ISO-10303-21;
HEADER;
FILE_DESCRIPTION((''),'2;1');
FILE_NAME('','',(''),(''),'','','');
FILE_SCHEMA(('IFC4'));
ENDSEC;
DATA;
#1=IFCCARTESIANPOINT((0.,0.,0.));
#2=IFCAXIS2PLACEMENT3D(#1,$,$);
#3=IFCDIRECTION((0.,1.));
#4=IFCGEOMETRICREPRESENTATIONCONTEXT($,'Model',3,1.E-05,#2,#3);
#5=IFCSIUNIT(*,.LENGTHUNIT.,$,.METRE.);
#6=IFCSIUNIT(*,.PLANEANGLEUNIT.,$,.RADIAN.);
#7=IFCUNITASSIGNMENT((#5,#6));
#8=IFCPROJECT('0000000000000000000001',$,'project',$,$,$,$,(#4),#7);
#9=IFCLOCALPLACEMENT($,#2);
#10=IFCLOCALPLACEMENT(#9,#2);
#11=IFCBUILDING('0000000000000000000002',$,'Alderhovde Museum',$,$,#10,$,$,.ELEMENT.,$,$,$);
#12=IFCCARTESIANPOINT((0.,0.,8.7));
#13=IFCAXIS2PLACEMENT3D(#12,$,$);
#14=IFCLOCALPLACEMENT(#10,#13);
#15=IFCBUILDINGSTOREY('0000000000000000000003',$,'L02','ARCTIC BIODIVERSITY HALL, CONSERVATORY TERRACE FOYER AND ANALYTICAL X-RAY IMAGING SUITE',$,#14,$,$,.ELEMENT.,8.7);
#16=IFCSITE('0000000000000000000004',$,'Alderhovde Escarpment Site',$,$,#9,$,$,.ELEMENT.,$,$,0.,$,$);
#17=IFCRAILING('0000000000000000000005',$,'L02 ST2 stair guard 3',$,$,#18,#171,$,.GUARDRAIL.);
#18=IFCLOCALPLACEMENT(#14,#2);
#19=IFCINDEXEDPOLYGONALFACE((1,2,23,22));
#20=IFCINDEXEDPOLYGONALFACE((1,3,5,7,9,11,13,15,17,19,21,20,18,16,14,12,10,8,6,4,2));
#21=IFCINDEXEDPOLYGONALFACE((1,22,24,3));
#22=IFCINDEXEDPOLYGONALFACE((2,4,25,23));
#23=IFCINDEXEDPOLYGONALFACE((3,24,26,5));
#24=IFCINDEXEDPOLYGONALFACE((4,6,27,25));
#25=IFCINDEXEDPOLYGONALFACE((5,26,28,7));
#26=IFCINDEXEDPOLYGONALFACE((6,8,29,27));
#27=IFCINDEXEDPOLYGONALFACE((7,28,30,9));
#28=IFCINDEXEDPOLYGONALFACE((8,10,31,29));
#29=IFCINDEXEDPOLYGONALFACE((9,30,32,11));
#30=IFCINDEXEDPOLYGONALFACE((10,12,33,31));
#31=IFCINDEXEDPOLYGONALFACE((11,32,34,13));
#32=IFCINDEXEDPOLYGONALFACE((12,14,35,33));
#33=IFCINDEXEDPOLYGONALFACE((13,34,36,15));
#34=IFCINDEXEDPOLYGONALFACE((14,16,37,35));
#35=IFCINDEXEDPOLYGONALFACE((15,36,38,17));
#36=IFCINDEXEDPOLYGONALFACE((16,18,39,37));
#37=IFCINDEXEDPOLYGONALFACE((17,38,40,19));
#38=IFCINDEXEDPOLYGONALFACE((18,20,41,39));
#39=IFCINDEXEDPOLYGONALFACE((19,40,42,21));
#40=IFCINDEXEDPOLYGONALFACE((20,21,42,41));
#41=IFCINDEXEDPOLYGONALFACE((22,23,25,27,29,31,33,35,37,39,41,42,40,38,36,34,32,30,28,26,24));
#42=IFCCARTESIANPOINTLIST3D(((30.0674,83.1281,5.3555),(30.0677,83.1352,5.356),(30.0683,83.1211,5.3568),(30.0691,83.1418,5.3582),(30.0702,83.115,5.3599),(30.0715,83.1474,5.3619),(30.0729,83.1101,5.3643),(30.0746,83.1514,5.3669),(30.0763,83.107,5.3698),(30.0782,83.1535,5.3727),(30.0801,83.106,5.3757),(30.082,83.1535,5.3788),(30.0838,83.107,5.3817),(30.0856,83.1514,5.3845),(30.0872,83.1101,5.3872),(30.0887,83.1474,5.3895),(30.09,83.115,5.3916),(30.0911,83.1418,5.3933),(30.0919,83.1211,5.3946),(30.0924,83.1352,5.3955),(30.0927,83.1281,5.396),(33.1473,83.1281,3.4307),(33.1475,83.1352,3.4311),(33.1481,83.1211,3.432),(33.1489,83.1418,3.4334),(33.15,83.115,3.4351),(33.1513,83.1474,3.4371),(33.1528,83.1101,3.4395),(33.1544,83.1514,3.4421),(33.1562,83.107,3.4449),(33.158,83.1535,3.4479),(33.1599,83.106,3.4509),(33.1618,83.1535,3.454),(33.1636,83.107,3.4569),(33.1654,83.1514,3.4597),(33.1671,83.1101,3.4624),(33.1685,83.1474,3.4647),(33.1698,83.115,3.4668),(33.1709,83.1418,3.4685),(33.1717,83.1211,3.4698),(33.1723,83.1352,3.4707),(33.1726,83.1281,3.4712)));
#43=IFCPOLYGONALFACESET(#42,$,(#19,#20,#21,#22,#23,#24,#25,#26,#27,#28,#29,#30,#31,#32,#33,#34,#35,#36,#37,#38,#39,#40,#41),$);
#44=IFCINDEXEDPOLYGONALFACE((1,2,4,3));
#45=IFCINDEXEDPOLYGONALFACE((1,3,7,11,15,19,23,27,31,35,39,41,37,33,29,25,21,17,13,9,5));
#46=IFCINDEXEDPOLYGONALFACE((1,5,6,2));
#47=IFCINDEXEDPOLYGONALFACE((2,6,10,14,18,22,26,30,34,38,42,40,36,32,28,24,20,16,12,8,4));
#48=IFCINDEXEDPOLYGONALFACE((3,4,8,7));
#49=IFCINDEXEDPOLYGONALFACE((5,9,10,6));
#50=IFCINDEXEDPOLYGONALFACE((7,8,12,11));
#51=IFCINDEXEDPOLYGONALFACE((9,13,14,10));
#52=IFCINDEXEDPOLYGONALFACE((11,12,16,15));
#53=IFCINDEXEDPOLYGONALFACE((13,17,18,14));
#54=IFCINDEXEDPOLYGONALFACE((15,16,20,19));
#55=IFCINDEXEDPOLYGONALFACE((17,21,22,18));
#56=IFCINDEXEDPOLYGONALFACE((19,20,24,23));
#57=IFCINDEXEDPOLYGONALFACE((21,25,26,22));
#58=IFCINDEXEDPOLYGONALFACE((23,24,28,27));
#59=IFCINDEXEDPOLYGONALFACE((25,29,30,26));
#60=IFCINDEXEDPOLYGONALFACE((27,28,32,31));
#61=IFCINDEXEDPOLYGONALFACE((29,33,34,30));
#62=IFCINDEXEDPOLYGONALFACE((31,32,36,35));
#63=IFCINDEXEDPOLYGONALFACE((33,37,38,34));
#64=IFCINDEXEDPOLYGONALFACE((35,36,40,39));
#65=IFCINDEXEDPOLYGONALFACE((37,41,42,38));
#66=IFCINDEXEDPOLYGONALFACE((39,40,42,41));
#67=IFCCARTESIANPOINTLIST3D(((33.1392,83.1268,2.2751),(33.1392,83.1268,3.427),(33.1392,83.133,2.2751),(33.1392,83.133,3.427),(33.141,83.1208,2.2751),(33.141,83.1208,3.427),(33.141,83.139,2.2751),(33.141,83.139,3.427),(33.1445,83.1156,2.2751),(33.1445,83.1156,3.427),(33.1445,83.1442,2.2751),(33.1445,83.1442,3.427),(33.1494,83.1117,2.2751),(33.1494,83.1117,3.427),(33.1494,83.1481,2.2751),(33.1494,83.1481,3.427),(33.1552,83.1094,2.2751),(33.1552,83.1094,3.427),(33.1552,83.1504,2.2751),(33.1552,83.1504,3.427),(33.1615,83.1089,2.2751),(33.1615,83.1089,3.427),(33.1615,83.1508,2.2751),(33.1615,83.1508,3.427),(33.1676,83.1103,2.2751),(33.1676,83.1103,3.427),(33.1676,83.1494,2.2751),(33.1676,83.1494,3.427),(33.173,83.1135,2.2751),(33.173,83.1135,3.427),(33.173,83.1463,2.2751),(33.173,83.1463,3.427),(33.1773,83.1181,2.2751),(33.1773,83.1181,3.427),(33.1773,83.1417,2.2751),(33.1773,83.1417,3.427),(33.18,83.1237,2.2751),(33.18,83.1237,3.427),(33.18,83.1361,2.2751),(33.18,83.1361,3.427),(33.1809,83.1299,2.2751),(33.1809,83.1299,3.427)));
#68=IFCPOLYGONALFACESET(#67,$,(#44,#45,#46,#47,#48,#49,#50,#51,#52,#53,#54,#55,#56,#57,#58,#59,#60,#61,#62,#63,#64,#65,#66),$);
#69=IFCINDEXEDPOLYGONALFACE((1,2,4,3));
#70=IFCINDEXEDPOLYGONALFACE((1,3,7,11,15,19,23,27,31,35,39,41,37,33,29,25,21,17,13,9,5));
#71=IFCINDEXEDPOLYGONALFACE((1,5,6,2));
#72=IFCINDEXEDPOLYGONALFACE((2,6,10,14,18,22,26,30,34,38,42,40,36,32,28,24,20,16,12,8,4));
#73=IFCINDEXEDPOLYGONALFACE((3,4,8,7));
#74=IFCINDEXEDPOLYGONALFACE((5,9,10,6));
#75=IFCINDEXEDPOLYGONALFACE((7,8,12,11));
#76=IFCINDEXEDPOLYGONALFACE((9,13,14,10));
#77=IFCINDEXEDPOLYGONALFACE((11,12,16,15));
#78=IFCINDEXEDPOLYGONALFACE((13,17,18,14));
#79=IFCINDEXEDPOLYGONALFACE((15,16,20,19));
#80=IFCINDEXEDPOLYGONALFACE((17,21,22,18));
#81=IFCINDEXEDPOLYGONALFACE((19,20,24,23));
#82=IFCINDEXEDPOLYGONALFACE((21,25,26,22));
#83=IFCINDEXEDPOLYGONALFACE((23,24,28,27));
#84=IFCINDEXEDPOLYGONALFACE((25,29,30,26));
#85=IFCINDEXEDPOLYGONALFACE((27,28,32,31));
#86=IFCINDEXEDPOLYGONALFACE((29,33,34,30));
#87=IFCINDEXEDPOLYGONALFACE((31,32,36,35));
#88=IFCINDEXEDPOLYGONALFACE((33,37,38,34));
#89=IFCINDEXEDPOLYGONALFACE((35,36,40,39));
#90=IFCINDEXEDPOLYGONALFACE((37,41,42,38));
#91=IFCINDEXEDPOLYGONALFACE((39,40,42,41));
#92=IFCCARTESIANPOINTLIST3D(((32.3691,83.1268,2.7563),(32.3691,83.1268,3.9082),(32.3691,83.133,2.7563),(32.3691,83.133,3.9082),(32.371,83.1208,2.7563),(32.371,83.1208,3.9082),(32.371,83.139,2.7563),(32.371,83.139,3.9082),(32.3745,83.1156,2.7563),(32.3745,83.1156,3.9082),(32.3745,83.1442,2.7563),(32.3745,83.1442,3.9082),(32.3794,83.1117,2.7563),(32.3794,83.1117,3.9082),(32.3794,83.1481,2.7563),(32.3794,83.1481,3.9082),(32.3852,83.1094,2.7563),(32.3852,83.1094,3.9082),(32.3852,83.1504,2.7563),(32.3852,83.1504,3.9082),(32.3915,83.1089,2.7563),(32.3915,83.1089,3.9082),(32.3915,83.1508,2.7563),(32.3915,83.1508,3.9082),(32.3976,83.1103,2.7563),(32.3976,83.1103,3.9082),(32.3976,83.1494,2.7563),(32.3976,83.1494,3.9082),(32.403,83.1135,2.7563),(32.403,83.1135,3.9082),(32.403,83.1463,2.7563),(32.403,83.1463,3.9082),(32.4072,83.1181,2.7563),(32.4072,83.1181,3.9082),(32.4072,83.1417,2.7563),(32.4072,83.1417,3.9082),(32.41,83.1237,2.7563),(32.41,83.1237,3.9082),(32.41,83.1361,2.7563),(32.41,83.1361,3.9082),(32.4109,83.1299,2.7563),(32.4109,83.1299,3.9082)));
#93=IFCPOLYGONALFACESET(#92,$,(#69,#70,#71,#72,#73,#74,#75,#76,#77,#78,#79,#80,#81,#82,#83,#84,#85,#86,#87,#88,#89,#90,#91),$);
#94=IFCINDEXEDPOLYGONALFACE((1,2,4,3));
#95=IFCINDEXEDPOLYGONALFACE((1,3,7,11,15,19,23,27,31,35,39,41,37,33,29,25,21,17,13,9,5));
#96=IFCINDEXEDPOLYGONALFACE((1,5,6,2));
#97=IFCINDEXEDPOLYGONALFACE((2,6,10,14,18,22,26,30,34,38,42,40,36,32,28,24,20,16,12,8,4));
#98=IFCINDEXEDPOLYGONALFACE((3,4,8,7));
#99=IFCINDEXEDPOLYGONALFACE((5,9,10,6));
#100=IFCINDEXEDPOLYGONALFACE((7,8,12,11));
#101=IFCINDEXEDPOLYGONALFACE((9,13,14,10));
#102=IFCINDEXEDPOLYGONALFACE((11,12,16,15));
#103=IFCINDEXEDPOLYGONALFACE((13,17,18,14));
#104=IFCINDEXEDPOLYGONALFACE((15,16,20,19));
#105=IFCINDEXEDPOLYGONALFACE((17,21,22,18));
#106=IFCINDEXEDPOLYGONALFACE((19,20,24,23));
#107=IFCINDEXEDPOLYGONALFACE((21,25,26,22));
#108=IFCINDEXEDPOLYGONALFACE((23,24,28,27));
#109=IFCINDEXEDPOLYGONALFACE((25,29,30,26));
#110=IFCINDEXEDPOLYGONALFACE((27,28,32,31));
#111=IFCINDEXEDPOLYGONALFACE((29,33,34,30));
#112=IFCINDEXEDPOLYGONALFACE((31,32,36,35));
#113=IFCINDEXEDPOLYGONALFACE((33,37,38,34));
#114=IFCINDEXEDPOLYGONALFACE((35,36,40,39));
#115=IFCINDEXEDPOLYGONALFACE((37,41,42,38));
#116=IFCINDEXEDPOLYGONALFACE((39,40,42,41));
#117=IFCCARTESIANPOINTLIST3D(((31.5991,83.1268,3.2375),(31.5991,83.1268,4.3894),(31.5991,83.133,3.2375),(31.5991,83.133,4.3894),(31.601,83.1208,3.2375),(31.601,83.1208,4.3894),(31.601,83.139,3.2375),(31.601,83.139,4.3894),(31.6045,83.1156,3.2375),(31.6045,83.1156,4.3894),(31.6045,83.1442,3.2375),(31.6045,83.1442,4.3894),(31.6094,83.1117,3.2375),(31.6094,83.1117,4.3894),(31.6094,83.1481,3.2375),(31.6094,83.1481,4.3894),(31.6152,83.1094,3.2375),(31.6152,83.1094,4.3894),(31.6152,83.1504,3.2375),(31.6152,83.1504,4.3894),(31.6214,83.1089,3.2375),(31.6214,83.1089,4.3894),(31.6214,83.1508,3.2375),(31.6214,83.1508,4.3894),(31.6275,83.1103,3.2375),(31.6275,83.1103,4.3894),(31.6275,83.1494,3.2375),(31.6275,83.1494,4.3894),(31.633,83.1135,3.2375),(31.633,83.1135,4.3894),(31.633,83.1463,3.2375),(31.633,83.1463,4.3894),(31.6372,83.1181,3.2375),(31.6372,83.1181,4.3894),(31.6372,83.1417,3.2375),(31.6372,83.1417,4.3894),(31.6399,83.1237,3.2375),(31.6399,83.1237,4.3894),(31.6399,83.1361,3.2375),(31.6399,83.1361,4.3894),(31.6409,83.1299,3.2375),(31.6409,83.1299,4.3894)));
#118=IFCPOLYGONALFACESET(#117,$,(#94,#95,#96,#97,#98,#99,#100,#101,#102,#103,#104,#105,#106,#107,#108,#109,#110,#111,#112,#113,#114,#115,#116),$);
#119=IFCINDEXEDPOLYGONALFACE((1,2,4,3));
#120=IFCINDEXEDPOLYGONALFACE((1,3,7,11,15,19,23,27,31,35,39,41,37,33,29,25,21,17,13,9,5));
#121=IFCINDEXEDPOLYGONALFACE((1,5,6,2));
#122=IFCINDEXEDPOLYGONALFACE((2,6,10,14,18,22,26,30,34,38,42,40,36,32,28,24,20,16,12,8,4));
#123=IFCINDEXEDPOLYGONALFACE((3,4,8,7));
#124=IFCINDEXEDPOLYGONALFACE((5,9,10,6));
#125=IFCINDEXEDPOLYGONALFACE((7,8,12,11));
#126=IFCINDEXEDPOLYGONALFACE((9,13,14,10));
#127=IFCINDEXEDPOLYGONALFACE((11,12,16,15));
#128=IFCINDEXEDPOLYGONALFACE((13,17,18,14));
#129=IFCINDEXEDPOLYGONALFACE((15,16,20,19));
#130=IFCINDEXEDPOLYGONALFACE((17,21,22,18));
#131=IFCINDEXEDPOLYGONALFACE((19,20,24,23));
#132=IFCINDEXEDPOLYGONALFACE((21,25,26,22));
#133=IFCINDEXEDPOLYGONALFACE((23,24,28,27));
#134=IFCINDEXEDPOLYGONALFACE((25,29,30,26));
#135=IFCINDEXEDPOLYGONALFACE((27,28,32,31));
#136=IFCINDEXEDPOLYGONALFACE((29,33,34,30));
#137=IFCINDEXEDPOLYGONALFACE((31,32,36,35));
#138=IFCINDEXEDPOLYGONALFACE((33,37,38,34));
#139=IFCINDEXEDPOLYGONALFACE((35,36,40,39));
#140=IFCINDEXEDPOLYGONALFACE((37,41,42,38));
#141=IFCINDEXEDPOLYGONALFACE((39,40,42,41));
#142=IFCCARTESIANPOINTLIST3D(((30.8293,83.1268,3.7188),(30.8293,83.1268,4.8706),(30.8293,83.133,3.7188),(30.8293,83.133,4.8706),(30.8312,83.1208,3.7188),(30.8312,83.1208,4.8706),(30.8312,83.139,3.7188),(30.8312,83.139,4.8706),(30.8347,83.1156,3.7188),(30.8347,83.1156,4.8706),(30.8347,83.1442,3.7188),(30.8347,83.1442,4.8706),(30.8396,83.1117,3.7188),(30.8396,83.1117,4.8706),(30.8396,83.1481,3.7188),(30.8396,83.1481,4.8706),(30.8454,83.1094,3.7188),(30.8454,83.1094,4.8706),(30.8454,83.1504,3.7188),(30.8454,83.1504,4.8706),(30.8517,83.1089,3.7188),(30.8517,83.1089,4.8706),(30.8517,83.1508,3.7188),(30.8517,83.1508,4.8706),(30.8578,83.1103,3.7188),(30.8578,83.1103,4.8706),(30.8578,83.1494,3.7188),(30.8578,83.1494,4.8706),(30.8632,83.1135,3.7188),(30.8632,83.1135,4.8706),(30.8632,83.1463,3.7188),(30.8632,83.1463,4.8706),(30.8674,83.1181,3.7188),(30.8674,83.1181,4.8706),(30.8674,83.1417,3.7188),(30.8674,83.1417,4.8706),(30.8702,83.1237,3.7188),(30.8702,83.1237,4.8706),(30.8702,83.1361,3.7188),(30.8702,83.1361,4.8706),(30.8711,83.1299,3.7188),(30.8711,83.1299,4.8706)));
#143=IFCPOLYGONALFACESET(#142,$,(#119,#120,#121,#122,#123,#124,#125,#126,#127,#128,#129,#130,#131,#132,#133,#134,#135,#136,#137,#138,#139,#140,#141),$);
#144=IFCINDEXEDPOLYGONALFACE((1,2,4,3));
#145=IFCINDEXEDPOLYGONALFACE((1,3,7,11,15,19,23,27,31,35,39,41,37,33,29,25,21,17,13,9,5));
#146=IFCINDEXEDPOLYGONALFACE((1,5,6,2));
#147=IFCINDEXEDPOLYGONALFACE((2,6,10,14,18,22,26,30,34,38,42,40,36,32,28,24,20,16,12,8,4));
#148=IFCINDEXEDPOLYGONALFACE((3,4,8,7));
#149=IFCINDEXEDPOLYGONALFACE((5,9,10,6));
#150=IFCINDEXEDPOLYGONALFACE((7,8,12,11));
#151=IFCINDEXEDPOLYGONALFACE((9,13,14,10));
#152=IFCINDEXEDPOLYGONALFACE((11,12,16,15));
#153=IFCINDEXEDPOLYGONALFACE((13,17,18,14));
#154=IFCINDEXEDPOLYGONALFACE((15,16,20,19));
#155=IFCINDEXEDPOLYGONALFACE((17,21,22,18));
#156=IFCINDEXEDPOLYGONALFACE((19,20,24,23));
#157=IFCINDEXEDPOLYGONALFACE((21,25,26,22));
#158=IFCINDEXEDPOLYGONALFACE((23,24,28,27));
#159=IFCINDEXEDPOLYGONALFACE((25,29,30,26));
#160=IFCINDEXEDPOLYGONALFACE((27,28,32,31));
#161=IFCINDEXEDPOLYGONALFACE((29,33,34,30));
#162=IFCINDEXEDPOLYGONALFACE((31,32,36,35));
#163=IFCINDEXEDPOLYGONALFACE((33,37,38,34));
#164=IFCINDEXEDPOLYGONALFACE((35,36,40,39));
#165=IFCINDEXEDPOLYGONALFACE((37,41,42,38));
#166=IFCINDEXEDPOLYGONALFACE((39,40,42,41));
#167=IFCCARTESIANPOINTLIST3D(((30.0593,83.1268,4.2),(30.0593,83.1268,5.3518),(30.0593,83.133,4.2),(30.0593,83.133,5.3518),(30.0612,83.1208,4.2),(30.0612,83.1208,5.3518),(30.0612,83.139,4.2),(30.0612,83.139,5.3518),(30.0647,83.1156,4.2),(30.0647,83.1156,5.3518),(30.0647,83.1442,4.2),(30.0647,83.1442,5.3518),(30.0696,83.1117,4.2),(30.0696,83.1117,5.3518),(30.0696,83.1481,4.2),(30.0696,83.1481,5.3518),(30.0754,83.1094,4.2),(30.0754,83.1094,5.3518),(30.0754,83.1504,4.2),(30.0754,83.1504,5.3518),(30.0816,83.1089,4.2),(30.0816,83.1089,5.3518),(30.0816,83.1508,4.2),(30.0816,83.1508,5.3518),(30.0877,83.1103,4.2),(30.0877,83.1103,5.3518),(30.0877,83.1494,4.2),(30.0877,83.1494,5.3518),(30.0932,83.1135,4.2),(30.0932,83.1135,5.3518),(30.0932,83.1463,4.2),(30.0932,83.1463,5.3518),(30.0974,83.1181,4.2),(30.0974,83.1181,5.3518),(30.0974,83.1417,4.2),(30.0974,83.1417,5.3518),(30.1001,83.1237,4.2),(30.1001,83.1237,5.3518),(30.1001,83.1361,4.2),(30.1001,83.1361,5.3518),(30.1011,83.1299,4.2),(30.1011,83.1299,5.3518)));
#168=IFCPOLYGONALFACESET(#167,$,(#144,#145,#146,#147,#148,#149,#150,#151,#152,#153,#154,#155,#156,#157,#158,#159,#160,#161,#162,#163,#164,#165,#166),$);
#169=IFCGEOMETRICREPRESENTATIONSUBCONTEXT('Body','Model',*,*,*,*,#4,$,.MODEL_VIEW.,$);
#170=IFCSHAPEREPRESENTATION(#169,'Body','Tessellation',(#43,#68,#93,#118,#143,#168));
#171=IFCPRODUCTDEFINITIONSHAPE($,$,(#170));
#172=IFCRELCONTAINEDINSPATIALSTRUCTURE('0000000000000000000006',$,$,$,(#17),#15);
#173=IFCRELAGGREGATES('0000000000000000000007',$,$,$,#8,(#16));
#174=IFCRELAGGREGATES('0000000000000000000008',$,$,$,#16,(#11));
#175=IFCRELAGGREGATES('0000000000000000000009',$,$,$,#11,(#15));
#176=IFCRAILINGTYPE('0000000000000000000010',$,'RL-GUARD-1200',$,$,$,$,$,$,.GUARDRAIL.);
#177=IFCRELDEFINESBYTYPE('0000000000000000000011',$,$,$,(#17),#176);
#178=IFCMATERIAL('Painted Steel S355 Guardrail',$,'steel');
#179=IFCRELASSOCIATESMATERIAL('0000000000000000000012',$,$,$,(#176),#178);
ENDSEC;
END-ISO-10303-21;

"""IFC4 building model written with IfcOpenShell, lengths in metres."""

from ifc_helpers import new_model, si_unit, direction, frame, origin, origin_2d, place, context, subcontext, project, spatial, circle, extrude, material, type_object, element, save


model = new_model("IFC4")

# Units and contexts
model_context = context("Model", 3, precision=1e-05, world=origin(), true_north=direction((0.0, 1.0)))
body_context = subcontext(model_context, "Body", "Model", "MODEL_VIEW")
ifc_project = project(units=[si_unit("LENGTHUNIT", "METRE"), si_unit("PLANEANGLEUNIT", "RADIAN")], contexts=[model_context])

# Site, building, storey
site_placement = place(None, origin())
site = spatial("IfcSite", under=ifc_project, at=site_placement, Name="Alderhovde Escarpment Site", CompositionType="ELEMENT", RefElevation=0.0)
building_placement = place(site_placement, origin())
building = spatial("IfcBuilding", under=site, at=building_placement, Name="Alderhovde Museum", CompositionType="ELEMENT")
storey_placement = place(building_placement, frame((0.0, 0.0, 8.7)))
storey = spatial("IfcBuildingStorey", under=building, at=storey_placement, Name="L02", Description="ARCTIC BIODIVERSITY HALL, CONSERVATORY TERRACE FOYER AND ANALYTICAL X-RAY IMAGING SUITE", CompositionType="ELEMENT", Elevation=8.7)

# Railing
ifc_material_1 = material(Name="Painted Steel S355 Guardrail", Category="steel")
railing_type_1 = type_object("IfcRailingType", Name="RL-GUARD-1200", PredefinedType="GUARDRAIL", material=ifc_material_1)
railing_1_placement = place(storey_placement, frame((33.1599, 83.1299, 2.2751)))
element("IfcRailing", 1, at=railing_1_placement, inside=storey, type_object=railing_type_1, Name="L02 ST2 stair guard 3", PredefinedType="GUARDRAIL", context=body_context, shape_type="SweptSolid", body=[
    extrude(circle(Radius=0.0239, at=origin_2d()), frame((0.0, 0.0, 1.1758), z_axis=(-0.84801, 0.0, 0.529981), x_axis=(0.0, -1.0, 0.0)), (0.0, 0.0, 1.0), 3.6318),
    extrude(circle(Radius=0.021, at=origin_2d()), origin(), (0.0, 0.0, 1.0), 1.1519),
    extrude(circle(Radius=0.021, at=origin_2d()), frame((-0.77, 0.0, 0.4812)), (0.0, 0.0, 1.0), 1.1519),
    extrude(circle(Radius=0.021, at=origin_2d()), frame((-1.54, 0.0, 0.9624)), (0.0, 0.0, 1.0), 1.1519),
    extrude(circle(Radius=0.021, at=origin_2d()), frame((-2.3098, 0.0, 1.4436)), (0.0, 0.0, 1.0), 1.1519),
    extrude(circle(Radius=0.021, at=origin_2d()), frame((-3.0798, 0.0, 1.9248)), (0.0, 0.0, 1.0), 1.1519),
])

save(model, "model.ifc")
